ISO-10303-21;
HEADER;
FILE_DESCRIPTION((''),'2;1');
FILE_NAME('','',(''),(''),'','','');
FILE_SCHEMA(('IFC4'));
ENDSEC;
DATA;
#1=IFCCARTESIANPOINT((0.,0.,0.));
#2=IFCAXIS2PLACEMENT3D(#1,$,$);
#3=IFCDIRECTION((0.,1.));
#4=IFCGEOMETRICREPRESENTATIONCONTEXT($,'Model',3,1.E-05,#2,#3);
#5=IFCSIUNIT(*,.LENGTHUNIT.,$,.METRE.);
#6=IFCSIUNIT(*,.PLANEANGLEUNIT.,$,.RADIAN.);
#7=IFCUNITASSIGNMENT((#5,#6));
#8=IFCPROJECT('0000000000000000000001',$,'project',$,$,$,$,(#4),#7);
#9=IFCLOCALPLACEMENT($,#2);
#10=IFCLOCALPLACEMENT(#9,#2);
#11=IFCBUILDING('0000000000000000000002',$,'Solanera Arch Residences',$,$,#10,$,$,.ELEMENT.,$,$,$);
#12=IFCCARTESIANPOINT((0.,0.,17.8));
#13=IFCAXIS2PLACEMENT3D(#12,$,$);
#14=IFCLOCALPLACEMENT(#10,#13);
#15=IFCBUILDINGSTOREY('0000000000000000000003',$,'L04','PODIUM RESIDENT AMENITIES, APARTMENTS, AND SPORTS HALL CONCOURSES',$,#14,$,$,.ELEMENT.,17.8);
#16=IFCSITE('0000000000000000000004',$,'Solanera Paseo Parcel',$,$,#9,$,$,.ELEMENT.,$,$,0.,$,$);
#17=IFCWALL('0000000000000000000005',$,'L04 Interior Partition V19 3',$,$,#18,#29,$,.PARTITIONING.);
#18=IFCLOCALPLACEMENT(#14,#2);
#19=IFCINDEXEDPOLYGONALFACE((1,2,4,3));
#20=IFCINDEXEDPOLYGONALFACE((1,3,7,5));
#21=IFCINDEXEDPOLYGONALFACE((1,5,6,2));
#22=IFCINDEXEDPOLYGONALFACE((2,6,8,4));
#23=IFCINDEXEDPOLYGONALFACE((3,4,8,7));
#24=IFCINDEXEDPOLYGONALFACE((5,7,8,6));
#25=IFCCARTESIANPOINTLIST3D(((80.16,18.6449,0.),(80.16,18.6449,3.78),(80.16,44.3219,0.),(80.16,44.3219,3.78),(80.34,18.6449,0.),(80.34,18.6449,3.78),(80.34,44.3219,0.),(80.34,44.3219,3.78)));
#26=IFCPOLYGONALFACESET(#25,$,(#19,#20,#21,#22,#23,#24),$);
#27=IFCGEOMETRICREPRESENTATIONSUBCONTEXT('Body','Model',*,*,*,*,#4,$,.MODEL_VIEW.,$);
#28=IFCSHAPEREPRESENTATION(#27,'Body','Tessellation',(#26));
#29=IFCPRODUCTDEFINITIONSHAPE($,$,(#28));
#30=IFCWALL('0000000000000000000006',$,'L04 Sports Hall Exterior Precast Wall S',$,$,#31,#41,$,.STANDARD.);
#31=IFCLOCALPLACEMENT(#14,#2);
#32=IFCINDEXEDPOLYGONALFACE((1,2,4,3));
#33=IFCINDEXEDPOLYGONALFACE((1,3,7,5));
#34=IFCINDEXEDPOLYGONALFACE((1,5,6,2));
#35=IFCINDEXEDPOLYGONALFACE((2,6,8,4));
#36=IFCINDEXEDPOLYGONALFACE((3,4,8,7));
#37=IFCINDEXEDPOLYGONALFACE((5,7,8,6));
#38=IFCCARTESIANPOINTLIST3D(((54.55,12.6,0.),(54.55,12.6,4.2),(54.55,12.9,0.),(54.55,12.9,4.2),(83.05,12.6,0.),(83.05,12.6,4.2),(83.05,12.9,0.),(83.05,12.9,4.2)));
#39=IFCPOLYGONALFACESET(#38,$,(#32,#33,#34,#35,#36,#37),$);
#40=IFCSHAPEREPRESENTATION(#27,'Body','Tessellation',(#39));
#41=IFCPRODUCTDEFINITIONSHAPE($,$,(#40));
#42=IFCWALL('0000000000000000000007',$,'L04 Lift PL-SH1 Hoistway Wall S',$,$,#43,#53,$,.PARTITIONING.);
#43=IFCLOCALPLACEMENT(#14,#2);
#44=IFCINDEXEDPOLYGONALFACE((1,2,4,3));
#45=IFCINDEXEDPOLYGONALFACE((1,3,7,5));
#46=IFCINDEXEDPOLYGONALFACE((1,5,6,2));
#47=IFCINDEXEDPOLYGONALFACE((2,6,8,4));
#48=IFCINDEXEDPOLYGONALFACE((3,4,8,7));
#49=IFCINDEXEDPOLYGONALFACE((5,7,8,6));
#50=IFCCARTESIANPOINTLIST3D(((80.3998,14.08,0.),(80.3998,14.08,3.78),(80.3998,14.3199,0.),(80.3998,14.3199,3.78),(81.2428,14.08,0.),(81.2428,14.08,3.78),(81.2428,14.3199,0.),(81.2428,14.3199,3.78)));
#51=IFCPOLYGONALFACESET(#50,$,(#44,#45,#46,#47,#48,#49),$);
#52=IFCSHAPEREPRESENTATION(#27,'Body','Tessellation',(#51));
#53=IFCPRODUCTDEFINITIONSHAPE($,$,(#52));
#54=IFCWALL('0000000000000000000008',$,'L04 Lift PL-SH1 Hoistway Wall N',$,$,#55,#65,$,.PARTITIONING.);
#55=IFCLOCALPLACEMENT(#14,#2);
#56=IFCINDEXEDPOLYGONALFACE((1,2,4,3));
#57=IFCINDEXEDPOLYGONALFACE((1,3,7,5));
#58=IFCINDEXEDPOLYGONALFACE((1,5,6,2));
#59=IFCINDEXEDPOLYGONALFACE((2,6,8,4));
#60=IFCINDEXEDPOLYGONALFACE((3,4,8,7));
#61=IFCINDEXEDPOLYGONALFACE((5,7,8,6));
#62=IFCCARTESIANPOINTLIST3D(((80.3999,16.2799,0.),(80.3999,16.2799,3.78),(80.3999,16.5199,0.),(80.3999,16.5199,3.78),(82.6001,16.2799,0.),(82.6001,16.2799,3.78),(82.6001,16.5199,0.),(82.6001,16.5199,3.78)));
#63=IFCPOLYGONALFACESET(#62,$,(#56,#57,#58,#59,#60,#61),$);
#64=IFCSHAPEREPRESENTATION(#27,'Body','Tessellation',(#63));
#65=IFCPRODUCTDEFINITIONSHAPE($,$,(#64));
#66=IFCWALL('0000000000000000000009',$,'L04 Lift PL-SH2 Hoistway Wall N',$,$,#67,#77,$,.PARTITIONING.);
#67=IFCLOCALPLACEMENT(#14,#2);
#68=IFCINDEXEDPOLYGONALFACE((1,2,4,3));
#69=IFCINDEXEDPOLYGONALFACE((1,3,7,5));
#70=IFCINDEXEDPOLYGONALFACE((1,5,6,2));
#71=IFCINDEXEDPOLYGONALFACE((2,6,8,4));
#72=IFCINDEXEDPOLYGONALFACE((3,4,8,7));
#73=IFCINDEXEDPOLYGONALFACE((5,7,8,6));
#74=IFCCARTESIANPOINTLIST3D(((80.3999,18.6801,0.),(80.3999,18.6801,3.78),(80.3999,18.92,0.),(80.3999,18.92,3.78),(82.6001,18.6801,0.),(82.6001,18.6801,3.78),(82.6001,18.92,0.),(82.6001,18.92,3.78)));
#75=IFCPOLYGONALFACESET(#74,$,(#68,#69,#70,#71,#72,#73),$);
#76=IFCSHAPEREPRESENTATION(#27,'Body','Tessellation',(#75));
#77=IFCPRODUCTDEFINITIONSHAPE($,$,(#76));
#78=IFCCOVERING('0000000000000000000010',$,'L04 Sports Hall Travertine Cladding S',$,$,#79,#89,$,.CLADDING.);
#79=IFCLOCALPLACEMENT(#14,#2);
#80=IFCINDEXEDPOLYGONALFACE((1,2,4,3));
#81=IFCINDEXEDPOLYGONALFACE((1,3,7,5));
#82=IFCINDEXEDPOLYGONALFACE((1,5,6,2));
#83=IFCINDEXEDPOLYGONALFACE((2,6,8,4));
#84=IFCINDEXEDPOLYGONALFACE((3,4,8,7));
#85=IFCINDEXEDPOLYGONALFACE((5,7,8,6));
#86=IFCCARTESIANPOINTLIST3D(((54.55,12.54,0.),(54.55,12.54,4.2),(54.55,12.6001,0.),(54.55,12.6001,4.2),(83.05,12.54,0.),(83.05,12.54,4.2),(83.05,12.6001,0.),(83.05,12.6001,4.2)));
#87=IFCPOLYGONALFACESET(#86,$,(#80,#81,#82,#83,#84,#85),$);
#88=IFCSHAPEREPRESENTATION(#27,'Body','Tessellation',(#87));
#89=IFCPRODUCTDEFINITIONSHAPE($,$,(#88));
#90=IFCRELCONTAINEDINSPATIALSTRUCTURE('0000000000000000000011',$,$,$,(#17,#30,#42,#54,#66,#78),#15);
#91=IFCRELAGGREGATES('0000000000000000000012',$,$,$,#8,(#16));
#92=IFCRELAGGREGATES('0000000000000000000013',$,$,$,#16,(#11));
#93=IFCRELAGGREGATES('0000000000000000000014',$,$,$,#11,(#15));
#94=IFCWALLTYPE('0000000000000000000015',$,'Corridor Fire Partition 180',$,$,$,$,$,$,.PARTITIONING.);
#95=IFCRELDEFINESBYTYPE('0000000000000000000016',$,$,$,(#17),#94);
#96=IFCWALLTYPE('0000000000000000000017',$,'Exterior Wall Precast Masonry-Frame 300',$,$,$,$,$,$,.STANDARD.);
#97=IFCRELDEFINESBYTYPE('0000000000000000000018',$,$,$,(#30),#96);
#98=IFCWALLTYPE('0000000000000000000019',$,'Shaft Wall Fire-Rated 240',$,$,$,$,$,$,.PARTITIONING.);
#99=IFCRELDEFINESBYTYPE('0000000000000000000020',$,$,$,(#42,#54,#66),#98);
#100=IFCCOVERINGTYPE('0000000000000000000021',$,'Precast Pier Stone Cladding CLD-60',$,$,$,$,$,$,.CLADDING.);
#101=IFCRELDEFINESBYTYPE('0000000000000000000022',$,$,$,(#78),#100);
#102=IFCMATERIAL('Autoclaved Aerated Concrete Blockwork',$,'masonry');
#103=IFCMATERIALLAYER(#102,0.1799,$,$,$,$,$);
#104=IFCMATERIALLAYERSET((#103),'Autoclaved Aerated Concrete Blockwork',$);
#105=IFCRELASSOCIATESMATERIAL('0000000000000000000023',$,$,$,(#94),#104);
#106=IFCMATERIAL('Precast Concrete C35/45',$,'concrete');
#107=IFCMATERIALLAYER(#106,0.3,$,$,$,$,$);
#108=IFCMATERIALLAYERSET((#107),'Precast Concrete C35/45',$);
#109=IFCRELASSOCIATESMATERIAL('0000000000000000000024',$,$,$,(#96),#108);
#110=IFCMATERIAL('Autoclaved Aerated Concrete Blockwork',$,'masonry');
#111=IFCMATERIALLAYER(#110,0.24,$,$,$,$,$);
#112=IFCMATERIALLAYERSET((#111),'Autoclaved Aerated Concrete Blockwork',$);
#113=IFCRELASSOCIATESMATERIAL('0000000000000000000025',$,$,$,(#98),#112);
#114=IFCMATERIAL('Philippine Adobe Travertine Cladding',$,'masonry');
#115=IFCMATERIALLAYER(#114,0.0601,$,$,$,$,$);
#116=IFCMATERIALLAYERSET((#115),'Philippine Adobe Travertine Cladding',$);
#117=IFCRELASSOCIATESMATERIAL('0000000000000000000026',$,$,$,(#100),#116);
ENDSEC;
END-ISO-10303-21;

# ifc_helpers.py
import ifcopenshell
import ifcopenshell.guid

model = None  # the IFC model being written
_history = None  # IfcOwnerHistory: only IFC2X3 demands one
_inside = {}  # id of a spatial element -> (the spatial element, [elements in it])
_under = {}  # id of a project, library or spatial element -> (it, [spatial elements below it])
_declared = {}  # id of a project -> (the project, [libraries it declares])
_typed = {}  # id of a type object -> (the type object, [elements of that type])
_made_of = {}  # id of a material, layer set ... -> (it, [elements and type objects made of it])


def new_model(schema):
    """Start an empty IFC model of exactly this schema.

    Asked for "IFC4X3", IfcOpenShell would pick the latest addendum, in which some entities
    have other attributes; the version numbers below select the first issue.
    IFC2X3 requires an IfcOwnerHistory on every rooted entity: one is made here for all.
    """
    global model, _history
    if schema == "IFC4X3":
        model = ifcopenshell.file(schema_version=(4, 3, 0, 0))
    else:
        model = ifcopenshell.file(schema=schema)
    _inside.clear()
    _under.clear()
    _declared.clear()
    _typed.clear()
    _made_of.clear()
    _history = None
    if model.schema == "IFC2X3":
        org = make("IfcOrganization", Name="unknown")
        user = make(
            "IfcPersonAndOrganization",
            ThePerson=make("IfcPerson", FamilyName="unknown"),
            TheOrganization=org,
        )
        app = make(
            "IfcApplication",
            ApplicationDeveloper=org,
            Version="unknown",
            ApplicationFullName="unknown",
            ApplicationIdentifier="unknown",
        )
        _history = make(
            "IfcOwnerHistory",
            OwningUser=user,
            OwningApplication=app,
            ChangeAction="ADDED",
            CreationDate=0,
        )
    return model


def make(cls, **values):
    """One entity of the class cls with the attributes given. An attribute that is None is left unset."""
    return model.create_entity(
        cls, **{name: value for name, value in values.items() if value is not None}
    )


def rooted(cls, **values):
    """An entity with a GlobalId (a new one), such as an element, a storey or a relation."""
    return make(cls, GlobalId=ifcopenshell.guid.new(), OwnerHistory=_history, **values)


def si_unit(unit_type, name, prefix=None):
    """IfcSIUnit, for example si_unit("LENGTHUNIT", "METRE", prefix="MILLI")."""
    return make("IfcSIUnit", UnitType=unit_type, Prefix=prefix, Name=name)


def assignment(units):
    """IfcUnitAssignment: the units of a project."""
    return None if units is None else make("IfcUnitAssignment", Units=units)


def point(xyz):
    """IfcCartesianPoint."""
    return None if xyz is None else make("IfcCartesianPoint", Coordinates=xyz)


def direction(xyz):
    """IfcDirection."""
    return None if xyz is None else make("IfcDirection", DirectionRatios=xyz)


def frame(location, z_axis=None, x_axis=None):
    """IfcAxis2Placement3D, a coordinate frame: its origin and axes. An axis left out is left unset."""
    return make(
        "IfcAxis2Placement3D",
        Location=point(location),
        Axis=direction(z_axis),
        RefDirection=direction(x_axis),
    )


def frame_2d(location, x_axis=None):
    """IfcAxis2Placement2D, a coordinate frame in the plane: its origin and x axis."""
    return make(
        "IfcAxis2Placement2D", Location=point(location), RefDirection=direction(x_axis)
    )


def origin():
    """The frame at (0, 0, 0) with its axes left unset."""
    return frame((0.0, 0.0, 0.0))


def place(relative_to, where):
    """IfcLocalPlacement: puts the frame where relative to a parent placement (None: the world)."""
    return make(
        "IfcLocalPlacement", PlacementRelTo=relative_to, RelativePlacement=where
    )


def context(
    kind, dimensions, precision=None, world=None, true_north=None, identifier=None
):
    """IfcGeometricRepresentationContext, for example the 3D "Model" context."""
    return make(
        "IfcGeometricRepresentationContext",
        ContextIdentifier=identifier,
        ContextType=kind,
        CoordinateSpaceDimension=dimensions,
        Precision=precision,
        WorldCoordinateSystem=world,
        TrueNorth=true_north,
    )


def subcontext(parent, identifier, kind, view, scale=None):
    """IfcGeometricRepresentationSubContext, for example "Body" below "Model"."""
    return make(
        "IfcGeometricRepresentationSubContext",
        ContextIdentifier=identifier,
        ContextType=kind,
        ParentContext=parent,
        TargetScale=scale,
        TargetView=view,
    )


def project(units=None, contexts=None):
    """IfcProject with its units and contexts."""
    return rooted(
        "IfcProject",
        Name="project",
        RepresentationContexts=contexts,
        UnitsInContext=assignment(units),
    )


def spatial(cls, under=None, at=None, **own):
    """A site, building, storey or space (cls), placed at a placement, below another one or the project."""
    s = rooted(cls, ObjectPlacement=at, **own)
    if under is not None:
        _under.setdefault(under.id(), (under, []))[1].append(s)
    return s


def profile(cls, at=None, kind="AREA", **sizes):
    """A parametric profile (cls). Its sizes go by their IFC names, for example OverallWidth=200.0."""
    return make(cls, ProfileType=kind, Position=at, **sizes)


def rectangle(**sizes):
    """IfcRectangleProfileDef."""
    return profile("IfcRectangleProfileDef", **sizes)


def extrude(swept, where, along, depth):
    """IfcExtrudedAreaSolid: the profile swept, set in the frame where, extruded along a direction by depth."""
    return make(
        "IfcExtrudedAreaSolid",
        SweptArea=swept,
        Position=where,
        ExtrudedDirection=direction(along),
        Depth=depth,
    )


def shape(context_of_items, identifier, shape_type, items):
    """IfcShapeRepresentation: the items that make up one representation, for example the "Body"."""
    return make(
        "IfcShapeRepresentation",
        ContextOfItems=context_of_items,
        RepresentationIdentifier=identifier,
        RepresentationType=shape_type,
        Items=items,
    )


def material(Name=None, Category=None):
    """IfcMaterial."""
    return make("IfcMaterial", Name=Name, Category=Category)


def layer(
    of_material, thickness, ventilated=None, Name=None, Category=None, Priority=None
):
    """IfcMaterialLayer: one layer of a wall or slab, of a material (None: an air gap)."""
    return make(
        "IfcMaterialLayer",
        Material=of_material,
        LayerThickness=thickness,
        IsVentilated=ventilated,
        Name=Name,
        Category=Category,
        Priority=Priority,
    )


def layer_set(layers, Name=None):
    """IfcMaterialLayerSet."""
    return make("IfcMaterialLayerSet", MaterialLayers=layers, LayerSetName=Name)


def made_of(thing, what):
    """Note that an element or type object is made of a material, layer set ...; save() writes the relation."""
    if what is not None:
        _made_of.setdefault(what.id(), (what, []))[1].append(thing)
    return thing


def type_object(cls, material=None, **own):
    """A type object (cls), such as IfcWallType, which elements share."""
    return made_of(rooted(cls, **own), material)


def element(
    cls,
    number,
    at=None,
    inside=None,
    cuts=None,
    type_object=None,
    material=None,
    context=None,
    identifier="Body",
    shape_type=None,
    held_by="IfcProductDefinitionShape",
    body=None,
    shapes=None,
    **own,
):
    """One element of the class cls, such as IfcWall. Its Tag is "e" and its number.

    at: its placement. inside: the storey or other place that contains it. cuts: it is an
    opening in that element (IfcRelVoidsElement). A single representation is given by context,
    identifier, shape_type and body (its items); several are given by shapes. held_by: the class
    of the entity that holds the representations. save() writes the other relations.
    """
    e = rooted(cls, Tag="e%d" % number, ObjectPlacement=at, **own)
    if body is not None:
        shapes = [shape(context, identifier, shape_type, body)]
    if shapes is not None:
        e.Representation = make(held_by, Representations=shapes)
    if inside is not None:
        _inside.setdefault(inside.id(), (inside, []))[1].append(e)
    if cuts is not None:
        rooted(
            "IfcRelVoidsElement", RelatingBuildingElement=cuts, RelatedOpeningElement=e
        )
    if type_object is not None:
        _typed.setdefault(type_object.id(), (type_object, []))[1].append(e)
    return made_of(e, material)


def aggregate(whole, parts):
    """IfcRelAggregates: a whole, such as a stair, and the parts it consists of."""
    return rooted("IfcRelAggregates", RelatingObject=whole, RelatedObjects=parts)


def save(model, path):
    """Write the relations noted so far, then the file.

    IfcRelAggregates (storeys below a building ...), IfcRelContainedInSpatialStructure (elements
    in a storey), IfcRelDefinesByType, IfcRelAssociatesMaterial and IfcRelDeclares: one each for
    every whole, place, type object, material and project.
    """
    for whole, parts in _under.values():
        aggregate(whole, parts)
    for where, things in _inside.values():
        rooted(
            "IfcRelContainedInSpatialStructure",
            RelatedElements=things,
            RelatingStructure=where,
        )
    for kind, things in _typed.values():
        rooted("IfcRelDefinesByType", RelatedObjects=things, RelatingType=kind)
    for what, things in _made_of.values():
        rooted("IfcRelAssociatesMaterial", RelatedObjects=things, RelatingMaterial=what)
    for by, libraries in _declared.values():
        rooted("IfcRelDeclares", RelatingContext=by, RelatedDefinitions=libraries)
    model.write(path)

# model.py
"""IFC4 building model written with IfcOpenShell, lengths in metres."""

from ifc_helpers import new_model, si_unit, direction, frame, frame_2d, origin, place, context, subcontext, project, spatial, rectangle, extrude, material, layer, layer_set, type_object, element, save


model = new_model("IFC4")

# Units and contexts
model_context = context("Model", 3, precision=1e-05, world=origin(), true_north=direction((0.0, 1.0)))
body_context = subcontext(model_context, "Body", "Model", "MODEL_VIEW")
ifc_project = project(units=[si_unit("LENGTHUNIT", "METRE"), si_unit("PLANEANGLEUNIT", "RADIAN")], contexts=[model_context])

# Site, building, storey
site_placement = place(None, origin())
site = spatial("IfcSite", under=ifc_project, at=site_placement, Name="Solanera Paseo Parcel", CompositionType="ELEMENT", RefElevation=0.0)
building_placement = place(site_placement, origin())
building = spatial("IfcBuilding", under=site, at=building_placement, Name="Solanera Arch Residences", CompositionType="ELEMENT")
storey_placement = place(building_placement, frame((0.0, 0.0, 17.8)))
storey = spatial("IfcBuildingStorey", under=building, at=storey_placement, Name="L04", Description="PODIUM RESIDENT AMENITIES, APARTMENTS, AND SPORTS HALL CONCOURSES", CompositionType="ELEMENT", Elevation=17.8)

# Shared definitions
ifc_material_1 = material(Name="Autoclaved Aerated Concrete Blockwork", Category="masonry")
ifc_layer_1 = layer(ifc_material_1, 0.1799)
ifc_layer_set_1 = layer_set([ifc_layer_1], Name="Autoclaved Aerated Concrete Blockwork")
wall_type_1 = type_object("IfcWallType", Name="Corridor Fire Partition 180", PredefinedType="PARTITIONING", material=ifc_layer_set_1)

# Walls
wall_1_placement = place(storey_placement, frame((80.25, 18.645, 0.0), z_axis=(0.0, 0.0, 1.0), x_axis=(0.0, 1.0, 0.0)))
element("IfcWall", 1, at=wall_1_placement, inside=storey, type_object=wall_type_1, Name="L04 Interior Partition V19 3", PredefinedType="PARTITIONING", context=body_context, shape_type="SweptSolid", body=[
    extrude(rectangle(XDim=25.677, YDim=0.1799, at=frame_2d((12.8384, 0.0))), origin(), (0.0, 0.0, 1.0), 3.78),
])
ifc_material_2 = material(Name="Precast Concrete C35/45", Category="concrete")
ifc_layer_2 = layer(ifc_material_2, 0.3)
ifc_layer_set_2 = layer_set([ifc_layer_2], Name="Precast Concrete C35/45")
wall_type_2 = type_object("IfcWallType", Name="Exterior Wall Precast Masonry-Frame 300", PredefinedType="STANDARD", material=ifc_layer_set_2)
wall_2_placement = place(storey_placement, frame((83.05, 12.75, 0.0), z_axis=(0.0, 0.0, 1.0), x_axis=(-1.0, 0.0, 0.0)))
element("IfcWall", 2, at=wall_2_placement, inside=storey, type_object=wall_type_2, Name="L04 Sports Hall Exterior Precast Wall S", PredefinedType="STANDARD", context=body_context, shape_type="SweptSolid", body=[
    extrude(rectangle(XDim=28.5, YDim=0.3, at=frame_2d((14.25, 0.0))), origin(), (0.0, 0.0, 1.0), 4.2),
])
ifc_material_3 = material(Name="Autoclaved Aerated Concrete Blockwork", Category="masonry")
ifc_layer_3 = layer(ifc_material_3, 0.24)
ifc_layer_set_3 = layer_set([ifc_layer_3], Name="Autoclaved Aerated Concrete Blockwork")
wall_type_3 = type_object("IfcWallType", Name="Shaft Wall Fire-Rated 240", PredefinedType="PARTITIONING", material=ifc_layer_set_3)
wall_3_placement = place(storey_placement, frame((80.3999, 14.2, 0.0), z_axis=(0.0, 0.0, 1.0), x_axis=(1.0, 0.0, 0.0)))
element("IfcWall", 3, at=wall_3_placement, inside=storey, type_object=wall_type_3, Name="L04 Lift PL-SH1 Hoistway Wall S", PredefinedType="PARTITIONING", context=body_context, shape_type="SweptSolid", body=[
    extrude(rectangle(XDim=0.843, YDim=0.24, at=frame_2d((0.4214, 0.0))), origin(), (0.0, 0.0, 1.0), 3.78),
])
wall_4_placement = place(storey_placement, frame((80.3999, 16.3999, 0.0), z_axis=(0.0, 0.0, 1.0), x_axis=(1.0, 0.0, 0.0)))
element("IfcWall", 4, at=wall_4_placement, inside=storey, type_object=wall_type_3, Name="L04 Lift PL-SH1 Hoistway Wall N", PredefinedType="PARTITIONING", context=body_context, shape_type="SweptSolid", body=[
    extrude(rectangle(XDim=2.2002, YDim=0.24, at=frame_2d((1.1001, 0.0))), origin(), (0.0, 0.0, 1.0), 3.78),
])

# Wall
wall_5_placement = place(storey_placement, frame((80.3999, 18.8, 0.0), z_axis=(0.0, 0.0, 1.0), x_axis=(1.0, 0.0, 0.0)))
element("IfcWall", 5, at=wall_5_placement, inside=storey, type_object=wall_type_3, Name="L04 Lift PL-SH2 Hoistway Wall N", PredefinedType="PARTITIONING", context=body_context, shape_type="SweptSolid", body=[
    extrude(rectangle(XDim=2.2002, YDim=0.24, at=frame_2d((1.1001, 0.0))), origin(), (0.0, 0.0, 1.0), 3.78),
])

# Covering
ifc_material_4 = material(Name="Philippine Adobe Travertine Cladding", Category="masonry")
ifc_layer_4 = layer(ifc_material_4, 0.0601)
ifc_layer_set_4 = layer_set([ifc_layer_4], Name="Philippine Adobe Travertine Cladding")
covering_type = type_object("IfcCoveringType", Name="Precast Pier Stone Cladding CLD-60", PredefinedType="CLADDING", material=ifc_layer_set_4)
covering_placement = place(storey_placement, frame((83.05, 12.5701, 0.0), z_axis=(0.0, 0.0, 1.0), x_axis=(-1.0, 0.0, 0.0)))
element("IfcCovering", 6, at=covering_placement, inside=storey, type_object=covering_type, Name="L04 Sports Hall Travertine Cladding S", PredefinedType="CLADDING", context=body_context, shape_type="SweptSolid", body=[
    extrude(rectangle(XDim=28.5, YDim=0.0601, at=frame_2d((14.25, 0.0))), origin(), (0.0, 0.0, 1.0), 4.2),
])

save(model, "model.ifc")
